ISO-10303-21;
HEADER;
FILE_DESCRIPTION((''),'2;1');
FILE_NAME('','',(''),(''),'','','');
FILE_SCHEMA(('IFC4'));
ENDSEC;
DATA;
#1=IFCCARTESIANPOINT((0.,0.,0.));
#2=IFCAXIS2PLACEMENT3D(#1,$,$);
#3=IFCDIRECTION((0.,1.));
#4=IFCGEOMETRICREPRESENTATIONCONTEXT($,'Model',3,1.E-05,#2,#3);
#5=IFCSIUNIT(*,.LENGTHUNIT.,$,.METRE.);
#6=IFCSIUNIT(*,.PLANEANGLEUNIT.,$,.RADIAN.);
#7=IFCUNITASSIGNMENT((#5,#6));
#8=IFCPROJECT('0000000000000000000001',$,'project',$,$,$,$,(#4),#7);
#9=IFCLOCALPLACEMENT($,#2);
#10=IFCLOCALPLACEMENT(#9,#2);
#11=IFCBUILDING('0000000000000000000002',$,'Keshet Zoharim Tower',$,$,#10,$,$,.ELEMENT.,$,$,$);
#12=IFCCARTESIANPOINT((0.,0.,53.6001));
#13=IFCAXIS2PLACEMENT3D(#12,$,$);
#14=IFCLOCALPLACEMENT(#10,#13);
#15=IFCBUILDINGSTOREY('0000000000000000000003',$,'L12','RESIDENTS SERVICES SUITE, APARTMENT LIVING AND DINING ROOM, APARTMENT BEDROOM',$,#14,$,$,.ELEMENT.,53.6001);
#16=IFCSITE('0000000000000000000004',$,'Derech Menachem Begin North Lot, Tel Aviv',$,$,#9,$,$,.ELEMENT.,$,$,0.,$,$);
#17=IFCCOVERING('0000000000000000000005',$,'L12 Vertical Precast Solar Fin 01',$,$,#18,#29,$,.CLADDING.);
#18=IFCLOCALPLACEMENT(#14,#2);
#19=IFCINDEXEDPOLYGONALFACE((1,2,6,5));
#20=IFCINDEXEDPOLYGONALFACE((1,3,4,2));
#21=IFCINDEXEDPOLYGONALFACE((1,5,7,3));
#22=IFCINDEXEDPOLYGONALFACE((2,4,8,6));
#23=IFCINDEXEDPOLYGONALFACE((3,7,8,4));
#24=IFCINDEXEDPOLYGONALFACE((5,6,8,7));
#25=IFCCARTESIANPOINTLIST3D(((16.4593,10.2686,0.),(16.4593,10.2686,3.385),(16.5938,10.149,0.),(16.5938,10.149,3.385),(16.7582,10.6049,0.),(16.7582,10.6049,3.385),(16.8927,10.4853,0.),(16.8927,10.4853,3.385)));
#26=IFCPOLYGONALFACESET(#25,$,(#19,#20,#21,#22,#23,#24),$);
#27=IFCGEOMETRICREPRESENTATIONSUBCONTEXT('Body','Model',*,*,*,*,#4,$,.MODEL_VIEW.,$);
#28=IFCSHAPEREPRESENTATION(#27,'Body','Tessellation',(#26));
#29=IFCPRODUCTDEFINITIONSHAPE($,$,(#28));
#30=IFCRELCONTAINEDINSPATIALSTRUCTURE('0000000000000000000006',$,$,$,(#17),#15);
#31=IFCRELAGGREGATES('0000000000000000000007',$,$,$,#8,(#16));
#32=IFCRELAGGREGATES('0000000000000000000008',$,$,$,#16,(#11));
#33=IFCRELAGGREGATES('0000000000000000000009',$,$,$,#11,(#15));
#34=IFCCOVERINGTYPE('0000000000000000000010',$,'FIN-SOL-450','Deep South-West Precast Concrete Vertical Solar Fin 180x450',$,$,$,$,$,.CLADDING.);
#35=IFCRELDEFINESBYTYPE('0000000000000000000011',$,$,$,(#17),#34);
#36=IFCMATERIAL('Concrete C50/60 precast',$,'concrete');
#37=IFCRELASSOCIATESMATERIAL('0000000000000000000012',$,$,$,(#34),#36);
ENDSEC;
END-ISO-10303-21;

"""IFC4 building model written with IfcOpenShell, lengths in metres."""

from ifc_helpers import new_model, si_unit, direction, frame, origin, origin_2d, place, context, subcontext, project, spatial, rectangle, extrude, material, type_object, element, save


model = new_model("IFC4")

# Units and contexts
model_context = context("Model", 3, precision=1e-05, world=origin(), true_north=direction((0.0, 1.0)))
body_context = subcontext(model_context, "Body", "Model", "MODEL_VIEW")
ifc_project = project(units=[si_unit("LENGTHUNIT", "METRE"), si_unit("PLANEANGLEUNIT", "RADIAN")], contexts=[model_context])

# Site, building, storey
site_placement = place(None, origin())
site = spatial("IfcSite", under=ifc_project, at=site_placement, Name="Derech Menachem Begin North Lot, Tel Aviv", CompositionType="ELEMENT", RefElevation=0.0)
building_placement = place(site_placement, origin())
building = spatial("IfcBuilding", under=site, at=building_placement, Name="Keshet Zoharim Tower", CompositionType="ELEMENT")
storey_placement = place(building_placement, frame((0.0, 0.0, 53.6001)))
storey = spatial("IfcBuildingStorey", under=building, at=storey_placement, Name="L12", Description="RESIDENTS SERVICES SUITE, APARTMENT LIVING AND DINING ROOM, APARTMENT BEDROOM", CompositionType="ELEMENT", Elevation=53.6001)

# Covering
ifc_material_1 = material(Name="Concrete C50/60 precast", Category="concrete")
covering_type = type_object("IfcCoveringType", Name="FIN-SOL-450", Description="Deep South-West Precast Concrete Vertical Solar Fin 180x450", PredefinedType="CLADDING", material=ifc_material_1)
covering_placement = place(storey_placement, frame((16.676, 10.377, 0.0), z_axis=(0.0, 0.0, 1.0), x_axis=(-0.747409, 0.664364, 0.0)))
element("IfcCovering", 1, at=covering_placement, inside=storey, type_object=covering_type, Name="L12 Vertical Precast Solar Fin 01", PredefinedType="CLADDING", context=body_context, shape_type="SweptSolid", body=[
    extrude(rectangle(XDim=0.1799, YDim=0.45, at=origin_2d()), origin(), (0.0, 0.0, 1.0), 3.385),
])

save(model, "model.ifc")
